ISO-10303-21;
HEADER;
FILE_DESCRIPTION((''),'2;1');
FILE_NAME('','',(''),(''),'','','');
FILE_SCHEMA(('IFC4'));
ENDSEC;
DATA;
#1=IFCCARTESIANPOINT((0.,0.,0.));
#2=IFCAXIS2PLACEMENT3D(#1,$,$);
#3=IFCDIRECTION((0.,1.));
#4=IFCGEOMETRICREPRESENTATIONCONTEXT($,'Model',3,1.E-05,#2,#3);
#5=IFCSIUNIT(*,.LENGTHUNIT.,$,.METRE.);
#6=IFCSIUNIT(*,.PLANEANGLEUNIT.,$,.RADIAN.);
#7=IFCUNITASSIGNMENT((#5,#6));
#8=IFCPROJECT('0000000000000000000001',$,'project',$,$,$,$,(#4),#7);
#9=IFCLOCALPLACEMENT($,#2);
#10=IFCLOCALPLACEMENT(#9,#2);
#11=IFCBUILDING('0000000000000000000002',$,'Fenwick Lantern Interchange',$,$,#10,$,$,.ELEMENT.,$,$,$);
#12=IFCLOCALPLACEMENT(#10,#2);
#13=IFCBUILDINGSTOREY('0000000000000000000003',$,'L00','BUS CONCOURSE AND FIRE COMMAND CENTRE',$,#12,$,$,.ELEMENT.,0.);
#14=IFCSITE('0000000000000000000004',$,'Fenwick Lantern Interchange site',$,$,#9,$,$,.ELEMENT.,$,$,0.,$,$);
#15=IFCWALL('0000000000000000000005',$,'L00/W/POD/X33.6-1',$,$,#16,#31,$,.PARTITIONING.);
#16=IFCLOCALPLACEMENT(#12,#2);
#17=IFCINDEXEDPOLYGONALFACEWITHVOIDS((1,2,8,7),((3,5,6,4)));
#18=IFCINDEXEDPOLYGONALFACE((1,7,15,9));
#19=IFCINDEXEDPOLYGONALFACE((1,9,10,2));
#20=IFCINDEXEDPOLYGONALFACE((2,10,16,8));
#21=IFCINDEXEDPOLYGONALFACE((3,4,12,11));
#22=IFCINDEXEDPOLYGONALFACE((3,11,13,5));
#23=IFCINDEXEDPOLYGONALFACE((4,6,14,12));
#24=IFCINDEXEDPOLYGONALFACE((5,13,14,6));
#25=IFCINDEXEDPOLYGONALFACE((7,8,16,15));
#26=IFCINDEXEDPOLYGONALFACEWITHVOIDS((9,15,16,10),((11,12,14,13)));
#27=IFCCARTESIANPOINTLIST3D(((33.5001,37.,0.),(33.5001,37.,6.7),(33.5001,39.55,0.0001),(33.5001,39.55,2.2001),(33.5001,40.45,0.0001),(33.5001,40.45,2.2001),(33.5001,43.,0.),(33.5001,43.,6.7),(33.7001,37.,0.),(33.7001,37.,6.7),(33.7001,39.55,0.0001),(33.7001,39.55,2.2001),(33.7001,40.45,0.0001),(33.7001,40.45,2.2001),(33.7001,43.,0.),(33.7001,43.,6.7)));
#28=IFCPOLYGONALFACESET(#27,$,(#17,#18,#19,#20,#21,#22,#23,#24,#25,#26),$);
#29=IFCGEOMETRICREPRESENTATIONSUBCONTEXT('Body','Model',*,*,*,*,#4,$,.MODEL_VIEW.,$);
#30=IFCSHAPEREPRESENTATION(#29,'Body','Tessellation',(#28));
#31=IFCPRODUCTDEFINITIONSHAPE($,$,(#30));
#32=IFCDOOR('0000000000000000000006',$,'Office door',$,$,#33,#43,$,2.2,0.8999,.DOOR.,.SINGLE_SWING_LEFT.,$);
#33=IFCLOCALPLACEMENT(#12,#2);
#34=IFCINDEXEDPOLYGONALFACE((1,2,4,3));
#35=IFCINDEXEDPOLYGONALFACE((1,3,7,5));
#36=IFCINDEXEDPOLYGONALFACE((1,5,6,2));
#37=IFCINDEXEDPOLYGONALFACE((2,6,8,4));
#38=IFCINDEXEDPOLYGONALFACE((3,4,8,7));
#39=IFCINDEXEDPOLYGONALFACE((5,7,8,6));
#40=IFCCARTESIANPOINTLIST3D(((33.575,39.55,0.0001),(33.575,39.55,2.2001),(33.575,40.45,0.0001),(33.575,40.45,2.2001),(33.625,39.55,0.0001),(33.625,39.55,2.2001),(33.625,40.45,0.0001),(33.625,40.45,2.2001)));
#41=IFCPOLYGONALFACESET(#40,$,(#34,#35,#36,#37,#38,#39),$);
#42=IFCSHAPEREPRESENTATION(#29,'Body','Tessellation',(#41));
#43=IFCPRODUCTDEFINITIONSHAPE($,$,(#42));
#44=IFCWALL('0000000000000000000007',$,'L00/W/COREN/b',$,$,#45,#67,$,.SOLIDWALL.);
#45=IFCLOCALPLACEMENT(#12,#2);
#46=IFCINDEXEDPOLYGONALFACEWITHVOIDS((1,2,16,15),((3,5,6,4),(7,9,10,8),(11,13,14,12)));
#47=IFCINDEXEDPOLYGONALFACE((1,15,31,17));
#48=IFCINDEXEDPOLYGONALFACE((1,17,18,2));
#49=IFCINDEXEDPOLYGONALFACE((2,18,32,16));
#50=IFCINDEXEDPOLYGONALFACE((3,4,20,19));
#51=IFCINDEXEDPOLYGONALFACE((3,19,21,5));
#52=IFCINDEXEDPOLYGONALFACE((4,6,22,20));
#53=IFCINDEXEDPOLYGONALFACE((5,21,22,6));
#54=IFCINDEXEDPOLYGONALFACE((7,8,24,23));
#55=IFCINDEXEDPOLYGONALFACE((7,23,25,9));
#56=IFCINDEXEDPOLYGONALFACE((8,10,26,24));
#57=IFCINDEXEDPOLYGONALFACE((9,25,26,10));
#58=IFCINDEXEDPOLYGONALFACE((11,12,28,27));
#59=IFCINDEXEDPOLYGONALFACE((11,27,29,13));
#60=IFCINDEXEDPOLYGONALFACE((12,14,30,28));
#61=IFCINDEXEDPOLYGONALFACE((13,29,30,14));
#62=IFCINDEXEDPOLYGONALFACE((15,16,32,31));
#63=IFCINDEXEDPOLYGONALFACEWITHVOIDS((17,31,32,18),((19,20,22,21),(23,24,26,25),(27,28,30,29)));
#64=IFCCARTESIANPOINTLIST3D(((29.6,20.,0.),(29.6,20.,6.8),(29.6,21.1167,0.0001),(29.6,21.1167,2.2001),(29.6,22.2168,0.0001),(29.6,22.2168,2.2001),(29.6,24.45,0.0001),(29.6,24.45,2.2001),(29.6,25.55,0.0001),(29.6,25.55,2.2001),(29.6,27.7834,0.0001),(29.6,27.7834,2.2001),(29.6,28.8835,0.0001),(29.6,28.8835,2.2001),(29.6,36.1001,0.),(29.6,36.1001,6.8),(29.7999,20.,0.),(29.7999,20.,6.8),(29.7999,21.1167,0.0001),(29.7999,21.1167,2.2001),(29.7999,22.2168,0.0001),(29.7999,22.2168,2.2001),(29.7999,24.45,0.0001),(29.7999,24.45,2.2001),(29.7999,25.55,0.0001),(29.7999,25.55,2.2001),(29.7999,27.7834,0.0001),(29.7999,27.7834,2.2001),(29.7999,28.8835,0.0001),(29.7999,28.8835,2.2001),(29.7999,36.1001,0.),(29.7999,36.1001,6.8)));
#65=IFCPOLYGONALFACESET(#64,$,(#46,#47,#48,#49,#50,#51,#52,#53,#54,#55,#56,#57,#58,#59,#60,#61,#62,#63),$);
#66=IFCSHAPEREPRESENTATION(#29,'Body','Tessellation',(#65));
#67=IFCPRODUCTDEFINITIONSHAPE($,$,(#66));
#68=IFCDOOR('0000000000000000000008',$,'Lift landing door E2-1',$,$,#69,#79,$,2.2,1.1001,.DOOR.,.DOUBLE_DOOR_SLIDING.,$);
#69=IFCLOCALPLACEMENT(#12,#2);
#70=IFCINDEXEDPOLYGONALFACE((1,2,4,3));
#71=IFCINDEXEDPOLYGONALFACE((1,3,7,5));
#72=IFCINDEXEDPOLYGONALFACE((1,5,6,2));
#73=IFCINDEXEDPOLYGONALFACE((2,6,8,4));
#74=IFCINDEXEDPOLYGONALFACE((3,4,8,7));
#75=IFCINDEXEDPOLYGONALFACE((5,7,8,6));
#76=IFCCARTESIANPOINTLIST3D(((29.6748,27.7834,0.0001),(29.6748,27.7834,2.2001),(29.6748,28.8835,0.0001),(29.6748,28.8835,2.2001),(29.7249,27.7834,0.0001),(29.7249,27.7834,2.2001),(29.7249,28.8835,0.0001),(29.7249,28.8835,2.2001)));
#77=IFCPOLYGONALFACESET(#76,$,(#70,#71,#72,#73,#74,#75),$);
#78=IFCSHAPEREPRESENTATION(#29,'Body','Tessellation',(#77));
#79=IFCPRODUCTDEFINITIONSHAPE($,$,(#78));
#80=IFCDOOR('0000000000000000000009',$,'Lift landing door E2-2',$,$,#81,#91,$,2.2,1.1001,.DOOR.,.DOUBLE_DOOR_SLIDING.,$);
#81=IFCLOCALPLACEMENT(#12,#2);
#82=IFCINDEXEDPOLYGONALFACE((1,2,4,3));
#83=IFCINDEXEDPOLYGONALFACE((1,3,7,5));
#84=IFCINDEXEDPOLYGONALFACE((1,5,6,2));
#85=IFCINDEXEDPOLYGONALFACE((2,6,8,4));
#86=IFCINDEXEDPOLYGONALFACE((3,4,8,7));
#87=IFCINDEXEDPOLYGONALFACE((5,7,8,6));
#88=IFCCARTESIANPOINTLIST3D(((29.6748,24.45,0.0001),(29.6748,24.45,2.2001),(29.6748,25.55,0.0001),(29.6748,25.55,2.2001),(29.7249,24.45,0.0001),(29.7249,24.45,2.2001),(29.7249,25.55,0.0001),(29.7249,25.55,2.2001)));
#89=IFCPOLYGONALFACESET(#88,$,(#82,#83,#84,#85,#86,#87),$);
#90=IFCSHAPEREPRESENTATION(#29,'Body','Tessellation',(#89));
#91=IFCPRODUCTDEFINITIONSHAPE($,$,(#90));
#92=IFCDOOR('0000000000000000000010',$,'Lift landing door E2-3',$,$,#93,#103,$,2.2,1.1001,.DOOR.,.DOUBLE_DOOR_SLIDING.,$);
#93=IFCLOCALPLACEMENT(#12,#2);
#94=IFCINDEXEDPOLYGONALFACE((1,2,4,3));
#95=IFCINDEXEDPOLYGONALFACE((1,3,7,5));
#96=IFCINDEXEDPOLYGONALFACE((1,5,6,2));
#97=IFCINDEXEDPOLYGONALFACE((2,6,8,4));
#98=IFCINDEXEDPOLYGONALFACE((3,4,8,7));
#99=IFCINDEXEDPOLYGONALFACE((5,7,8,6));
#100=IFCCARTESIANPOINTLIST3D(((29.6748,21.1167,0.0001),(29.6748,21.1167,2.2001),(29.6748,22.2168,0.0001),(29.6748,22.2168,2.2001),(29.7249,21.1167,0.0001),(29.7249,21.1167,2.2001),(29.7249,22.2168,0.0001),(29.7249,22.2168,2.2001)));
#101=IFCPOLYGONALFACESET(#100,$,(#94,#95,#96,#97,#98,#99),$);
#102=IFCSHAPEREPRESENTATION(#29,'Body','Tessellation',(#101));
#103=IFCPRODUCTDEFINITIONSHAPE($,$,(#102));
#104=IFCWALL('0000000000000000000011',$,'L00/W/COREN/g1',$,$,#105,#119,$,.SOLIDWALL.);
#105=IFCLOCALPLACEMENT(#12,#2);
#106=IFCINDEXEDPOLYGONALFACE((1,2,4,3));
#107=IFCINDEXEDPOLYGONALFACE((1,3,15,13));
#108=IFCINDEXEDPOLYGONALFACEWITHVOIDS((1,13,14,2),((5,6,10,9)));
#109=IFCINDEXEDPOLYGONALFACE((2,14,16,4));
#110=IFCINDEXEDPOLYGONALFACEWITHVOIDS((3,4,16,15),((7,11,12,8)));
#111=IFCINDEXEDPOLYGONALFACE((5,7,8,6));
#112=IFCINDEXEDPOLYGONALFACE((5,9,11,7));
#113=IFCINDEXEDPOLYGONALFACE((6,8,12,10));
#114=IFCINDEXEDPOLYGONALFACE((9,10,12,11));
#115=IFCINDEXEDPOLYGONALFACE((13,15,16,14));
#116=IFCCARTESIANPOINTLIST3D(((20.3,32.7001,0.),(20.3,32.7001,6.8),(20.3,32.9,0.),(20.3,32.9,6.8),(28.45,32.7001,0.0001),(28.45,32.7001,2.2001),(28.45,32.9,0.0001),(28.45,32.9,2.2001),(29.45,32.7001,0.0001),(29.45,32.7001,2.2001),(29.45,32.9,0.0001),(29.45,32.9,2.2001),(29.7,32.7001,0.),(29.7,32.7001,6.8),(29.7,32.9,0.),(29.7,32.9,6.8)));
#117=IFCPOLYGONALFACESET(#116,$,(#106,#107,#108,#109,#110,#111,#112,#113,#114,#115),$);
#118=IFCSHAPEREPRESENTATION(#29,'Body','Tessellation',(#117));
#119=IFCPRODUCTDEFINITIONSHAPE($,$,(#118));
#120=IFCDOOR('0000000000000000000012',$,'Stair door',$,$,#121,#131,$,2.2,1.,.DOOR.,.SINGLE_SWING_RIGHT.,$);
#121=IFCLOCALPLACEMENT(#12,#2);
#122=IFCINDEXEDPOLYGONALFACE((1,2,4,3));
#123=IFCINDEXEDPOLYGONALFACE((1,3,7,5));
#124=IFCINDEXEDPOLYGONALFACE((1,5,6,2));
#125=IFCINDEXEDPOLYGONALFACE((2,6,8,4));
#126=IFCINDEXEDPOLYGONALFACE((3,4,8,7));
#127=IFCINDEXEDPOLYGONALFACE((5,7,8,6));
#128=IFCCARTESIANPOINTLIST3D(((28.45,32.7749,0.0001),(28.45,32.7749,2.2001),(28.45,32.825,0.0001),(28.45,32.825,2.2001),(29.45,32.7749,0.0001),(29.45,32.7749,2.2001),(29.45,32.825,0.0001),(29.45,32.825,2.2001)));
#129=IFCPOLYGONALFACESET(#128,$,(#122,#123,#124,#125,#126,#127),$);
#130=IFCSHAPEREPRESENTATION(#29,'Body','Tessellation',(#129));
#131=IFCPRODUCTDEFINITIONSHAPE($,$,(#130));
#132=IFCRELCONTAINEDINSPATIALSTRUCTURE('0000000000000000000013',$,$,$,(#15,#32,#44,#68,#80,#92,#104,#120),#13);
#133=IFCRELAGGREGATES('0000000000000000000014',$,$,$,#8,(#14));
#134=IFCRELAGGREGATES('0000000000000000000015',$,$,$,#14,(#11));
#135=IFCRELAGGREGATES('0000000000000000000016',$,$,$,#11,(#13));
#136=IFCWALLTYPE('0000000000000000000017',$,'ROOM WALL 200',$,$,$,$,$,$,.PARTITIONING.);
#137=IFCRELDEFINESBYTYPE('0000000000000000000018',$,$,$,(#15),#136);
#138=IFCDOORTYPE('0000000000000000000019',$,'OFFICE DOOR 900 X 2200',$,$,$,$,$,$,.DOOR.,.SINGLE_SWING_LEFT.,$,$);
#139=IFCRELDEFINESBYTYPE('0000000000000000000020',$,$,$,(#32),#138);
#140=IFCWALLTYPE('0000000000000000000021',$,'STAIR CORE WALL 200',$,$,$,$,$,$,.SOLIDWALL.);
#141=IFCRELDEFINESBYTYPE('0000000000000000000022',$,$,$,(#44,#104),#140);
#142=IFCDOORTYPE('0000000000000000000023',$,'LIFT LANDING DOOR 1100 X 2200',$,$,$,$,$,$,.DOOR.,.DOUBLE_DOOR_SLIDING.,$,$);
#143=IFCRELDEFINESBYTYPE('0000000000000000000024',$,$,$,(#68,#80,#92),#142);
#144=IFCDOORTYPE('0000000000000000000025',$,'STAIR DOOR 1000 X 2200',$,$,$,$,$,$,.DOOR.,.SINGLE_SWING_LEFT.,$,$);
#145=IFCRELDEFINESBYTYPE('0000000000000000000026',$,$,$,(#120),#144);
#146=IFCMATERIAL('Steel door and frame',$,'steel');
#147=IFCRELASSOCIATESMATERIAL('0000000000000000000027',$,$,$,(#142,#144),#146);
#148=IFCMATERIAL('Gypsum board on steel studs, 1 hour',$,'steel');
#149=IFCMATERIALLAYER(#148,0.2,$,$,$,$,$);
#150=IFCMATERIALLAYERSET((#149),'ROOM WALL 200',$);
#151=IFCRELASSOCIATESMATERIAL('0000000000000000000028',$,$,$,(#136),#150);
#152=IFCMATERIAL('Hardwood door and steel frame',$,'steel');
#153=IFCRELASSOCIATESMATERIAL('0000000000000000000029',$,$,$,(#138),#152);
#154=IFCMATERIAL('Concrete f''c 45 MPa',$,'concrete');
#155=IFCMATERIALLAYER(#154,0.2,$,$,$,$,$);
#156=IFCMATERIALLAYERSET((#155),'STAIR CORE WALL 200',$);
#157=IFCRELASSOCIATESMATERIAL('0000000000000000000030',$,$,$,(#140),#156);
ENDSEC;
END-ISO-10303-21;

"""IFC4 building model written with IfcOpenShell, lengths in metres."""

from ifc_helpers import new_model, si_unit, direction, frame, frame_2d, origin, place, context, subcontext, project, spatial, rectangle, extrude, material, layer, layer_set, type_object, element, fill, save


model = new_model("IFC4")

# Units and contexts
model_context = context("Model", 3, precision=1e-05, world=origin(), true_north=direction((0.0, 1.0)))
body_context = subcontext(model_context, "Body", "Model", "MODEL_VIEW")
ifc_project = project(units=[si_unit("LENGTHUNIT", "METRE"), si_unit("PLANEANGLEUNIT", "RADIAN")], contexts=[model_context])

# Site, building, storey
site_placement = place(None, origin())
site = spatial("IfcSite", under=ifc_project, at=site_placement, Name="Fenwick Lantern Interchange site", CompositionType="ELEMENT", RefElevation=0.0)
building_placement = place(site_placement, origin())
building = spatial("IfcBuilding", under=site, at=building_placement, Name="Fenwick Lantern Interchange", CompositionType="ELEMENT")
storey_placement = place(building_placement, origin())
storey = spatial("IfcBuildingStorey", under=building, at=storey_placement, Name="L00", Description="BUS CONCOURSE AND FIRE COMMAND CENTRE", CompositionType="ELEMENT", Elevation=0.0)

# Shared definitions
ifc_material_1 = material(Name="Steel door and frame", Category="steel")
door_type_1 = type_object("IfcDoorType", Name="LIFT LANDING DOOR 1100 X 2200", OperationType="DOUBLE_DOOR_SLIDING", PredefinedType="DOOR", material=ifc_material_1)

# Wall, opening, door
ifc_material_2 = material(Name="Gypsum board on steel studs, 1 hour", Category="steel")
ifc_layer_1 = layer(ifc_material_2, 0.2)
ifc_layer_set_1 = layer_set([ifc_layer_1], Name="ROOM WALL 200")
wall_type_1 = type_object("IfcWallType", Name="ROOM WALL 200", PredefinedType="PARTITIONING", material=ifc_layer_set_1)
wall_1_placement = place(storey_placement, frame((33.6001, 37.0, 0.0), z_axis=(0.0, 0.0, 1.0), x_axis=(0.0, 1.0, 0.0)))
wall_1 = element("IfcWall", 1, at=wall_1_placement, inside=storey, type_object=wall_type_1, Name="L00/W/POD/X33.6-1", PredefinedType="PARTITIONING", context=body_context, shape_type="SweptSolid", body=[
    extrude(rectangle(XDim=6.0, YDim=0.2, at=frame_2d((3.0, 0.0))), origin(), (0.0, 0.0, 1.0), 6.7),
])
opening_1_placement = place(wall_1_placement, frame((2.55, 0.0, 0.0)))
opening_1 = element("IfcOpeningElement", 2, at=opening_1_placement, cuts=wall_1, PredefinedType="OPENING", context=body_context, shape_type="SweptSolid", body=[
    extrude(rectangle(XDim=0.8999, YDim=2.2, at=frame_2d((0.45, 1.1001))), frame((0.0, 0.1099, 0.0), z_axis=(0.0, -1.0, 0.0), x_axis=(1.0, 0.0, 0.0)), (0.0, 0.0, 1.0), 0.22),
])
ifc_material_3 = material(Name="Hardwood door and steel frame", Category="steel")
door_type_2 = type_object("IfcDoorType", Name="OFFICE DOOR 900 X 2200", OperationType="SINGLE_SWING_LEFT", PredefinedType="DOOR", material=ifc_material_3)
door_1_placement = place(opening_1_placement, frame((0.8999, 0.0, 0.0), z_axis=(0.0, 0.0, 1.0), x_axis=(-1.0, 0.0, 0.0)))
door_1 = element("IfcDoor", 3, at=door_1_placement, inside=storey, type_object=door_type_2, Name="Office door", OperationType="SINGLE_SWING_LEFT", OverallHeight=2.2, OverallWidth=0.8999, PredefinedType="DOOR", context=body_context, shape_type="SweptSolid", body=[
    extrude(rectangle(XDim=0.8999, YDim=2.2, at=frame_2d((0.45, 1.1001))), frame((0.0, 0.0249, 0.0), z_axis=(0.0, -1.0, 0.0), x_axis=(1.0, 0.0, 0.0)), (0.0, 0.0, 1.0), 0.05),
])
fill(opening_1, door_1)

# Wall, openings, doors
ifc_material_4 = material(Name="Concrete f'c 45 MPa", Category="concrete")
ifc_layer_2 = layer(ifc_material_4, 0.2)
ifc_layer_set_2 = layer_set([ifc_layer_2], Name="STAIR CORE WALL 200")
wall_type_2 = type_object("IfcWallType", Name="STAIR CORE WALL 200", PredefinedType="SOLIDWALL", material=ifc_layer_set_2)
wall_2_placement = place(storey_placement, frame((29.7, 36.1001, 0.0), z_axis=(0.0, 0.0, 1.0), x_axis=(0.0, -1.0, 0.0)))
wall_2 = element("IfcWall", 4, at=wall_2_placement, inside=storey, type_object=wall_type_2, Name="L00/W/COREN/b", PredefinedType="SOLIDWALL", context=body_context, shape_type="SweptSolid", body=[
    extrude(rectangle(XDim=16.1001, YDim=0.2, at=frame_2d((8.05, 0.0))), origin(), (0.0, 0.0, 1.0), 6.8),
])
opening_2_placement = place(wall_2_placement, frame((7.2166, 0.0, 0.0)))
opening_2 = element("IfcOpeningElement", 5, at=opening_2_placement, cuts=wall_2, PredefinedType="OPENING", context=body_context, shape_type="SweptSolid", body=[
    extrude(rectangle(XDim=1.1001, YDim=2.2, at=frame_2d((0.55, 1.1001))), frame((0.0, 0.1099, 0.0), z_axis=(0.0, -1.0, 0.0), x_axis=(1.0, 0.0, 0.0)), (0.0, 0.0, 1.0), 0.22),
])
opening_3_placement = place(wall_2_placement, frame((10.55, 0.0, 0.0)))
opening_3 = element("IfcOpeningElement", 6, at=opening_3_placement, cuts=wall_2, PredefinedType="OPENING", context=body_context, shape_type="SweptSolid", body=[
    extrude(rectangle(XDim=1.1001, YDim=2.2, at=frame_2d((0.55, 1.1001))), frame((0.0, 0.1099, 0.0), z_axis=(0.0, -1.0, 0.0), x_axis=(1.0, 0.0, 0.0)), (0.0, 0.0, 1.0), 0.22),
])
opening_4_placement = place(wall_2_placement, frame((13.8833, 0.0, 0.0)))
opening_4 = element("IfcOpeningElement", 7, at=opening_4_placement, cuts=wall_2, PredefinedType="OPENING", context=body_context, shape_type="SweptSolid", body=[
    extrude(rectangle(XDim=1.1001, YDim=2.2, at=frame_2d((0.55, 1.1001))), frame((0.0, 0.1099, 0.0), z_axis=(0.0, -1.0, 0.0), x_axis=(1.0, 0.0, 0.0)), (0.0, 0.0, 1.0), 0.22),
])
door_2_placement = place(opening_2_placement, origin())
door_2 = element("IfcDoor", 8, at=door_2_placement, inside=storey, type_object=door_type_1, Name="Lift landing door E2-1", OperationType="DOUBLE_DOOR_SLIDING", OverallHeight=2.2, OverallWidth=1.1001, PredefinedType="DOOR", context=body_context, shape_type="SweptSolid", body=[
    extrude(rectangle(XDim=1.1001, YDim=2.2, at=frame_2d((0.55, 1.1001))), frame((0.0, 0.0249, 0.0), z_axis=(0.0, -1.0, 0.0), x_axis=(1.0, 0.0, 0.0)), (0.0, 0.0, 1.0), 0.05),
])
fill(opening_2, door_2)
door_3_placement = place(opening_3_placement, origin())
door_3 = element("IfcDoor", 9, at=door_3_placement, inside=storey, type_object=door_type_1, Name="Lift landing door E2-2", OperationType="DOUBLE_DOOR_SLIDING", OverallHeight=2.2, OverallWidth=1.1001, PredefinedType="DOOR", context=body_context, shape_type="SweptSolid", body=[
    extrude(rectangle(XDim=1.1001, YDim=2.2, at=frame_2d((0.55, 1.1001))), frame((0.0, 0.0249, 0.0), z_axis=(0.0, -1.0, 0.0), x_axis=(1.0, 0.0, 0.0)), (0.0, 0.0, 1.0), 0.05),
])
fill(opening_3, door_3)
door_4_placement = place(opening_4_placement, origin())
door_4 = element("IfcDoor", 10, at=door_4_placement, inside=storey, type_object=door_type_1, Name="Lift landing door E2-3", OperationType="DOUBLE_DOOR_SLIDING", OverallHeight=2.2, OverallWidth=1.1001, PredefinedType="DOOR", context=body_context, shape_type="SweptSolid", body=[
    extrude(rectangle(XDim=1.1001, YDim=2.2, at=frame_2d((0.55, 1.1001))), frame((0.0, 0.0249, 0.0), z_axis=(0.0, -1.0, 0.0), x_axis=(1.0, 0.0, 0.0)), (0.0, 0.0, 1.0), 0.05),
])
fill(opening_4, door_4)

# Wall, opening, door
wall_3_placement = place(storey_placement, frame((29.7, 32.8, 0.0), z_axis=(0.0, 0.0, 1.0), x_axis=(-1.0, 0.0, 0.0)))
wall_3 = element("IfcWall", 11, at=wall_3_placement, inside=storey, type_object=wall_type_2, Name="L00/W/COREN/g1", PredefinedType="SOLIDWALL", context=body_context, shape_type="SweptSolid", body=[
    extrude(rectangle(XDim=9.3999, YDim=0.2, at=frame_2d((4.7, 0.0))), origin(), (0.0, 0.0, 1.0), 6.8),
])
opening_5_placement = place(wall_3_placement, frame((0.25, 0.0, 0.0)))
opening_5 = element("IfcOpeningElement", 12, at=opening_5_placement, cuts=wall_3, PredefinedType="OPENING", context=body_context, shape_type="SweptSolid", body=[
    extrude(rectangle(XDim=1.0, YDim=2.2, at=frame_2d((0.5, 1.1001))), frame((0.0, 0.1099, 0.0), z_axis=(0.0, -1.0, 0.0), x_axis=(1.0, 0.0, 0.0)), (0.0, 0.0, 1.0), 0.22),
])
door_type_3 = type_object("IfcDoorType", Name="STAIR DOOR 1000 X 2200", OperationType="SINGLE_SWING_LEFT", PredefinedType="DOOR", material=ifc_material_1)
door_5_placement = place(opening_5_placement, frame((1.0, 0.0, 0.0), z_axis=(0.0, 0.0, 1.0), x_axis=(-1.0, 0.0, 0.0)))
door_5 = element("IfcDoor", 13, at=door_5_placement, inside=storey, type_object=door_type_3, Name="Stair door", OperationType="SINGLE_SWING_RIGHT", OverallHeight=2.2, OverallWidth=1.0, PredefinedType="DOOR", context=body_context, shape_type="SweptSolid", body=[
    extrude(rectangle(XDim=1.0, YDim=2.2, at=frame_2d((0.5, 1.1001))), frame((0.0, 0.0249, 0.0), z_axis=(0.0, -1.0, 0.0), x_axis=(1.0, 0.0, 0.0)), (0.0, 0.0, 1.0), 0.05),
])
fill(opening_5, door_5)

save(model, "model.ifc")
